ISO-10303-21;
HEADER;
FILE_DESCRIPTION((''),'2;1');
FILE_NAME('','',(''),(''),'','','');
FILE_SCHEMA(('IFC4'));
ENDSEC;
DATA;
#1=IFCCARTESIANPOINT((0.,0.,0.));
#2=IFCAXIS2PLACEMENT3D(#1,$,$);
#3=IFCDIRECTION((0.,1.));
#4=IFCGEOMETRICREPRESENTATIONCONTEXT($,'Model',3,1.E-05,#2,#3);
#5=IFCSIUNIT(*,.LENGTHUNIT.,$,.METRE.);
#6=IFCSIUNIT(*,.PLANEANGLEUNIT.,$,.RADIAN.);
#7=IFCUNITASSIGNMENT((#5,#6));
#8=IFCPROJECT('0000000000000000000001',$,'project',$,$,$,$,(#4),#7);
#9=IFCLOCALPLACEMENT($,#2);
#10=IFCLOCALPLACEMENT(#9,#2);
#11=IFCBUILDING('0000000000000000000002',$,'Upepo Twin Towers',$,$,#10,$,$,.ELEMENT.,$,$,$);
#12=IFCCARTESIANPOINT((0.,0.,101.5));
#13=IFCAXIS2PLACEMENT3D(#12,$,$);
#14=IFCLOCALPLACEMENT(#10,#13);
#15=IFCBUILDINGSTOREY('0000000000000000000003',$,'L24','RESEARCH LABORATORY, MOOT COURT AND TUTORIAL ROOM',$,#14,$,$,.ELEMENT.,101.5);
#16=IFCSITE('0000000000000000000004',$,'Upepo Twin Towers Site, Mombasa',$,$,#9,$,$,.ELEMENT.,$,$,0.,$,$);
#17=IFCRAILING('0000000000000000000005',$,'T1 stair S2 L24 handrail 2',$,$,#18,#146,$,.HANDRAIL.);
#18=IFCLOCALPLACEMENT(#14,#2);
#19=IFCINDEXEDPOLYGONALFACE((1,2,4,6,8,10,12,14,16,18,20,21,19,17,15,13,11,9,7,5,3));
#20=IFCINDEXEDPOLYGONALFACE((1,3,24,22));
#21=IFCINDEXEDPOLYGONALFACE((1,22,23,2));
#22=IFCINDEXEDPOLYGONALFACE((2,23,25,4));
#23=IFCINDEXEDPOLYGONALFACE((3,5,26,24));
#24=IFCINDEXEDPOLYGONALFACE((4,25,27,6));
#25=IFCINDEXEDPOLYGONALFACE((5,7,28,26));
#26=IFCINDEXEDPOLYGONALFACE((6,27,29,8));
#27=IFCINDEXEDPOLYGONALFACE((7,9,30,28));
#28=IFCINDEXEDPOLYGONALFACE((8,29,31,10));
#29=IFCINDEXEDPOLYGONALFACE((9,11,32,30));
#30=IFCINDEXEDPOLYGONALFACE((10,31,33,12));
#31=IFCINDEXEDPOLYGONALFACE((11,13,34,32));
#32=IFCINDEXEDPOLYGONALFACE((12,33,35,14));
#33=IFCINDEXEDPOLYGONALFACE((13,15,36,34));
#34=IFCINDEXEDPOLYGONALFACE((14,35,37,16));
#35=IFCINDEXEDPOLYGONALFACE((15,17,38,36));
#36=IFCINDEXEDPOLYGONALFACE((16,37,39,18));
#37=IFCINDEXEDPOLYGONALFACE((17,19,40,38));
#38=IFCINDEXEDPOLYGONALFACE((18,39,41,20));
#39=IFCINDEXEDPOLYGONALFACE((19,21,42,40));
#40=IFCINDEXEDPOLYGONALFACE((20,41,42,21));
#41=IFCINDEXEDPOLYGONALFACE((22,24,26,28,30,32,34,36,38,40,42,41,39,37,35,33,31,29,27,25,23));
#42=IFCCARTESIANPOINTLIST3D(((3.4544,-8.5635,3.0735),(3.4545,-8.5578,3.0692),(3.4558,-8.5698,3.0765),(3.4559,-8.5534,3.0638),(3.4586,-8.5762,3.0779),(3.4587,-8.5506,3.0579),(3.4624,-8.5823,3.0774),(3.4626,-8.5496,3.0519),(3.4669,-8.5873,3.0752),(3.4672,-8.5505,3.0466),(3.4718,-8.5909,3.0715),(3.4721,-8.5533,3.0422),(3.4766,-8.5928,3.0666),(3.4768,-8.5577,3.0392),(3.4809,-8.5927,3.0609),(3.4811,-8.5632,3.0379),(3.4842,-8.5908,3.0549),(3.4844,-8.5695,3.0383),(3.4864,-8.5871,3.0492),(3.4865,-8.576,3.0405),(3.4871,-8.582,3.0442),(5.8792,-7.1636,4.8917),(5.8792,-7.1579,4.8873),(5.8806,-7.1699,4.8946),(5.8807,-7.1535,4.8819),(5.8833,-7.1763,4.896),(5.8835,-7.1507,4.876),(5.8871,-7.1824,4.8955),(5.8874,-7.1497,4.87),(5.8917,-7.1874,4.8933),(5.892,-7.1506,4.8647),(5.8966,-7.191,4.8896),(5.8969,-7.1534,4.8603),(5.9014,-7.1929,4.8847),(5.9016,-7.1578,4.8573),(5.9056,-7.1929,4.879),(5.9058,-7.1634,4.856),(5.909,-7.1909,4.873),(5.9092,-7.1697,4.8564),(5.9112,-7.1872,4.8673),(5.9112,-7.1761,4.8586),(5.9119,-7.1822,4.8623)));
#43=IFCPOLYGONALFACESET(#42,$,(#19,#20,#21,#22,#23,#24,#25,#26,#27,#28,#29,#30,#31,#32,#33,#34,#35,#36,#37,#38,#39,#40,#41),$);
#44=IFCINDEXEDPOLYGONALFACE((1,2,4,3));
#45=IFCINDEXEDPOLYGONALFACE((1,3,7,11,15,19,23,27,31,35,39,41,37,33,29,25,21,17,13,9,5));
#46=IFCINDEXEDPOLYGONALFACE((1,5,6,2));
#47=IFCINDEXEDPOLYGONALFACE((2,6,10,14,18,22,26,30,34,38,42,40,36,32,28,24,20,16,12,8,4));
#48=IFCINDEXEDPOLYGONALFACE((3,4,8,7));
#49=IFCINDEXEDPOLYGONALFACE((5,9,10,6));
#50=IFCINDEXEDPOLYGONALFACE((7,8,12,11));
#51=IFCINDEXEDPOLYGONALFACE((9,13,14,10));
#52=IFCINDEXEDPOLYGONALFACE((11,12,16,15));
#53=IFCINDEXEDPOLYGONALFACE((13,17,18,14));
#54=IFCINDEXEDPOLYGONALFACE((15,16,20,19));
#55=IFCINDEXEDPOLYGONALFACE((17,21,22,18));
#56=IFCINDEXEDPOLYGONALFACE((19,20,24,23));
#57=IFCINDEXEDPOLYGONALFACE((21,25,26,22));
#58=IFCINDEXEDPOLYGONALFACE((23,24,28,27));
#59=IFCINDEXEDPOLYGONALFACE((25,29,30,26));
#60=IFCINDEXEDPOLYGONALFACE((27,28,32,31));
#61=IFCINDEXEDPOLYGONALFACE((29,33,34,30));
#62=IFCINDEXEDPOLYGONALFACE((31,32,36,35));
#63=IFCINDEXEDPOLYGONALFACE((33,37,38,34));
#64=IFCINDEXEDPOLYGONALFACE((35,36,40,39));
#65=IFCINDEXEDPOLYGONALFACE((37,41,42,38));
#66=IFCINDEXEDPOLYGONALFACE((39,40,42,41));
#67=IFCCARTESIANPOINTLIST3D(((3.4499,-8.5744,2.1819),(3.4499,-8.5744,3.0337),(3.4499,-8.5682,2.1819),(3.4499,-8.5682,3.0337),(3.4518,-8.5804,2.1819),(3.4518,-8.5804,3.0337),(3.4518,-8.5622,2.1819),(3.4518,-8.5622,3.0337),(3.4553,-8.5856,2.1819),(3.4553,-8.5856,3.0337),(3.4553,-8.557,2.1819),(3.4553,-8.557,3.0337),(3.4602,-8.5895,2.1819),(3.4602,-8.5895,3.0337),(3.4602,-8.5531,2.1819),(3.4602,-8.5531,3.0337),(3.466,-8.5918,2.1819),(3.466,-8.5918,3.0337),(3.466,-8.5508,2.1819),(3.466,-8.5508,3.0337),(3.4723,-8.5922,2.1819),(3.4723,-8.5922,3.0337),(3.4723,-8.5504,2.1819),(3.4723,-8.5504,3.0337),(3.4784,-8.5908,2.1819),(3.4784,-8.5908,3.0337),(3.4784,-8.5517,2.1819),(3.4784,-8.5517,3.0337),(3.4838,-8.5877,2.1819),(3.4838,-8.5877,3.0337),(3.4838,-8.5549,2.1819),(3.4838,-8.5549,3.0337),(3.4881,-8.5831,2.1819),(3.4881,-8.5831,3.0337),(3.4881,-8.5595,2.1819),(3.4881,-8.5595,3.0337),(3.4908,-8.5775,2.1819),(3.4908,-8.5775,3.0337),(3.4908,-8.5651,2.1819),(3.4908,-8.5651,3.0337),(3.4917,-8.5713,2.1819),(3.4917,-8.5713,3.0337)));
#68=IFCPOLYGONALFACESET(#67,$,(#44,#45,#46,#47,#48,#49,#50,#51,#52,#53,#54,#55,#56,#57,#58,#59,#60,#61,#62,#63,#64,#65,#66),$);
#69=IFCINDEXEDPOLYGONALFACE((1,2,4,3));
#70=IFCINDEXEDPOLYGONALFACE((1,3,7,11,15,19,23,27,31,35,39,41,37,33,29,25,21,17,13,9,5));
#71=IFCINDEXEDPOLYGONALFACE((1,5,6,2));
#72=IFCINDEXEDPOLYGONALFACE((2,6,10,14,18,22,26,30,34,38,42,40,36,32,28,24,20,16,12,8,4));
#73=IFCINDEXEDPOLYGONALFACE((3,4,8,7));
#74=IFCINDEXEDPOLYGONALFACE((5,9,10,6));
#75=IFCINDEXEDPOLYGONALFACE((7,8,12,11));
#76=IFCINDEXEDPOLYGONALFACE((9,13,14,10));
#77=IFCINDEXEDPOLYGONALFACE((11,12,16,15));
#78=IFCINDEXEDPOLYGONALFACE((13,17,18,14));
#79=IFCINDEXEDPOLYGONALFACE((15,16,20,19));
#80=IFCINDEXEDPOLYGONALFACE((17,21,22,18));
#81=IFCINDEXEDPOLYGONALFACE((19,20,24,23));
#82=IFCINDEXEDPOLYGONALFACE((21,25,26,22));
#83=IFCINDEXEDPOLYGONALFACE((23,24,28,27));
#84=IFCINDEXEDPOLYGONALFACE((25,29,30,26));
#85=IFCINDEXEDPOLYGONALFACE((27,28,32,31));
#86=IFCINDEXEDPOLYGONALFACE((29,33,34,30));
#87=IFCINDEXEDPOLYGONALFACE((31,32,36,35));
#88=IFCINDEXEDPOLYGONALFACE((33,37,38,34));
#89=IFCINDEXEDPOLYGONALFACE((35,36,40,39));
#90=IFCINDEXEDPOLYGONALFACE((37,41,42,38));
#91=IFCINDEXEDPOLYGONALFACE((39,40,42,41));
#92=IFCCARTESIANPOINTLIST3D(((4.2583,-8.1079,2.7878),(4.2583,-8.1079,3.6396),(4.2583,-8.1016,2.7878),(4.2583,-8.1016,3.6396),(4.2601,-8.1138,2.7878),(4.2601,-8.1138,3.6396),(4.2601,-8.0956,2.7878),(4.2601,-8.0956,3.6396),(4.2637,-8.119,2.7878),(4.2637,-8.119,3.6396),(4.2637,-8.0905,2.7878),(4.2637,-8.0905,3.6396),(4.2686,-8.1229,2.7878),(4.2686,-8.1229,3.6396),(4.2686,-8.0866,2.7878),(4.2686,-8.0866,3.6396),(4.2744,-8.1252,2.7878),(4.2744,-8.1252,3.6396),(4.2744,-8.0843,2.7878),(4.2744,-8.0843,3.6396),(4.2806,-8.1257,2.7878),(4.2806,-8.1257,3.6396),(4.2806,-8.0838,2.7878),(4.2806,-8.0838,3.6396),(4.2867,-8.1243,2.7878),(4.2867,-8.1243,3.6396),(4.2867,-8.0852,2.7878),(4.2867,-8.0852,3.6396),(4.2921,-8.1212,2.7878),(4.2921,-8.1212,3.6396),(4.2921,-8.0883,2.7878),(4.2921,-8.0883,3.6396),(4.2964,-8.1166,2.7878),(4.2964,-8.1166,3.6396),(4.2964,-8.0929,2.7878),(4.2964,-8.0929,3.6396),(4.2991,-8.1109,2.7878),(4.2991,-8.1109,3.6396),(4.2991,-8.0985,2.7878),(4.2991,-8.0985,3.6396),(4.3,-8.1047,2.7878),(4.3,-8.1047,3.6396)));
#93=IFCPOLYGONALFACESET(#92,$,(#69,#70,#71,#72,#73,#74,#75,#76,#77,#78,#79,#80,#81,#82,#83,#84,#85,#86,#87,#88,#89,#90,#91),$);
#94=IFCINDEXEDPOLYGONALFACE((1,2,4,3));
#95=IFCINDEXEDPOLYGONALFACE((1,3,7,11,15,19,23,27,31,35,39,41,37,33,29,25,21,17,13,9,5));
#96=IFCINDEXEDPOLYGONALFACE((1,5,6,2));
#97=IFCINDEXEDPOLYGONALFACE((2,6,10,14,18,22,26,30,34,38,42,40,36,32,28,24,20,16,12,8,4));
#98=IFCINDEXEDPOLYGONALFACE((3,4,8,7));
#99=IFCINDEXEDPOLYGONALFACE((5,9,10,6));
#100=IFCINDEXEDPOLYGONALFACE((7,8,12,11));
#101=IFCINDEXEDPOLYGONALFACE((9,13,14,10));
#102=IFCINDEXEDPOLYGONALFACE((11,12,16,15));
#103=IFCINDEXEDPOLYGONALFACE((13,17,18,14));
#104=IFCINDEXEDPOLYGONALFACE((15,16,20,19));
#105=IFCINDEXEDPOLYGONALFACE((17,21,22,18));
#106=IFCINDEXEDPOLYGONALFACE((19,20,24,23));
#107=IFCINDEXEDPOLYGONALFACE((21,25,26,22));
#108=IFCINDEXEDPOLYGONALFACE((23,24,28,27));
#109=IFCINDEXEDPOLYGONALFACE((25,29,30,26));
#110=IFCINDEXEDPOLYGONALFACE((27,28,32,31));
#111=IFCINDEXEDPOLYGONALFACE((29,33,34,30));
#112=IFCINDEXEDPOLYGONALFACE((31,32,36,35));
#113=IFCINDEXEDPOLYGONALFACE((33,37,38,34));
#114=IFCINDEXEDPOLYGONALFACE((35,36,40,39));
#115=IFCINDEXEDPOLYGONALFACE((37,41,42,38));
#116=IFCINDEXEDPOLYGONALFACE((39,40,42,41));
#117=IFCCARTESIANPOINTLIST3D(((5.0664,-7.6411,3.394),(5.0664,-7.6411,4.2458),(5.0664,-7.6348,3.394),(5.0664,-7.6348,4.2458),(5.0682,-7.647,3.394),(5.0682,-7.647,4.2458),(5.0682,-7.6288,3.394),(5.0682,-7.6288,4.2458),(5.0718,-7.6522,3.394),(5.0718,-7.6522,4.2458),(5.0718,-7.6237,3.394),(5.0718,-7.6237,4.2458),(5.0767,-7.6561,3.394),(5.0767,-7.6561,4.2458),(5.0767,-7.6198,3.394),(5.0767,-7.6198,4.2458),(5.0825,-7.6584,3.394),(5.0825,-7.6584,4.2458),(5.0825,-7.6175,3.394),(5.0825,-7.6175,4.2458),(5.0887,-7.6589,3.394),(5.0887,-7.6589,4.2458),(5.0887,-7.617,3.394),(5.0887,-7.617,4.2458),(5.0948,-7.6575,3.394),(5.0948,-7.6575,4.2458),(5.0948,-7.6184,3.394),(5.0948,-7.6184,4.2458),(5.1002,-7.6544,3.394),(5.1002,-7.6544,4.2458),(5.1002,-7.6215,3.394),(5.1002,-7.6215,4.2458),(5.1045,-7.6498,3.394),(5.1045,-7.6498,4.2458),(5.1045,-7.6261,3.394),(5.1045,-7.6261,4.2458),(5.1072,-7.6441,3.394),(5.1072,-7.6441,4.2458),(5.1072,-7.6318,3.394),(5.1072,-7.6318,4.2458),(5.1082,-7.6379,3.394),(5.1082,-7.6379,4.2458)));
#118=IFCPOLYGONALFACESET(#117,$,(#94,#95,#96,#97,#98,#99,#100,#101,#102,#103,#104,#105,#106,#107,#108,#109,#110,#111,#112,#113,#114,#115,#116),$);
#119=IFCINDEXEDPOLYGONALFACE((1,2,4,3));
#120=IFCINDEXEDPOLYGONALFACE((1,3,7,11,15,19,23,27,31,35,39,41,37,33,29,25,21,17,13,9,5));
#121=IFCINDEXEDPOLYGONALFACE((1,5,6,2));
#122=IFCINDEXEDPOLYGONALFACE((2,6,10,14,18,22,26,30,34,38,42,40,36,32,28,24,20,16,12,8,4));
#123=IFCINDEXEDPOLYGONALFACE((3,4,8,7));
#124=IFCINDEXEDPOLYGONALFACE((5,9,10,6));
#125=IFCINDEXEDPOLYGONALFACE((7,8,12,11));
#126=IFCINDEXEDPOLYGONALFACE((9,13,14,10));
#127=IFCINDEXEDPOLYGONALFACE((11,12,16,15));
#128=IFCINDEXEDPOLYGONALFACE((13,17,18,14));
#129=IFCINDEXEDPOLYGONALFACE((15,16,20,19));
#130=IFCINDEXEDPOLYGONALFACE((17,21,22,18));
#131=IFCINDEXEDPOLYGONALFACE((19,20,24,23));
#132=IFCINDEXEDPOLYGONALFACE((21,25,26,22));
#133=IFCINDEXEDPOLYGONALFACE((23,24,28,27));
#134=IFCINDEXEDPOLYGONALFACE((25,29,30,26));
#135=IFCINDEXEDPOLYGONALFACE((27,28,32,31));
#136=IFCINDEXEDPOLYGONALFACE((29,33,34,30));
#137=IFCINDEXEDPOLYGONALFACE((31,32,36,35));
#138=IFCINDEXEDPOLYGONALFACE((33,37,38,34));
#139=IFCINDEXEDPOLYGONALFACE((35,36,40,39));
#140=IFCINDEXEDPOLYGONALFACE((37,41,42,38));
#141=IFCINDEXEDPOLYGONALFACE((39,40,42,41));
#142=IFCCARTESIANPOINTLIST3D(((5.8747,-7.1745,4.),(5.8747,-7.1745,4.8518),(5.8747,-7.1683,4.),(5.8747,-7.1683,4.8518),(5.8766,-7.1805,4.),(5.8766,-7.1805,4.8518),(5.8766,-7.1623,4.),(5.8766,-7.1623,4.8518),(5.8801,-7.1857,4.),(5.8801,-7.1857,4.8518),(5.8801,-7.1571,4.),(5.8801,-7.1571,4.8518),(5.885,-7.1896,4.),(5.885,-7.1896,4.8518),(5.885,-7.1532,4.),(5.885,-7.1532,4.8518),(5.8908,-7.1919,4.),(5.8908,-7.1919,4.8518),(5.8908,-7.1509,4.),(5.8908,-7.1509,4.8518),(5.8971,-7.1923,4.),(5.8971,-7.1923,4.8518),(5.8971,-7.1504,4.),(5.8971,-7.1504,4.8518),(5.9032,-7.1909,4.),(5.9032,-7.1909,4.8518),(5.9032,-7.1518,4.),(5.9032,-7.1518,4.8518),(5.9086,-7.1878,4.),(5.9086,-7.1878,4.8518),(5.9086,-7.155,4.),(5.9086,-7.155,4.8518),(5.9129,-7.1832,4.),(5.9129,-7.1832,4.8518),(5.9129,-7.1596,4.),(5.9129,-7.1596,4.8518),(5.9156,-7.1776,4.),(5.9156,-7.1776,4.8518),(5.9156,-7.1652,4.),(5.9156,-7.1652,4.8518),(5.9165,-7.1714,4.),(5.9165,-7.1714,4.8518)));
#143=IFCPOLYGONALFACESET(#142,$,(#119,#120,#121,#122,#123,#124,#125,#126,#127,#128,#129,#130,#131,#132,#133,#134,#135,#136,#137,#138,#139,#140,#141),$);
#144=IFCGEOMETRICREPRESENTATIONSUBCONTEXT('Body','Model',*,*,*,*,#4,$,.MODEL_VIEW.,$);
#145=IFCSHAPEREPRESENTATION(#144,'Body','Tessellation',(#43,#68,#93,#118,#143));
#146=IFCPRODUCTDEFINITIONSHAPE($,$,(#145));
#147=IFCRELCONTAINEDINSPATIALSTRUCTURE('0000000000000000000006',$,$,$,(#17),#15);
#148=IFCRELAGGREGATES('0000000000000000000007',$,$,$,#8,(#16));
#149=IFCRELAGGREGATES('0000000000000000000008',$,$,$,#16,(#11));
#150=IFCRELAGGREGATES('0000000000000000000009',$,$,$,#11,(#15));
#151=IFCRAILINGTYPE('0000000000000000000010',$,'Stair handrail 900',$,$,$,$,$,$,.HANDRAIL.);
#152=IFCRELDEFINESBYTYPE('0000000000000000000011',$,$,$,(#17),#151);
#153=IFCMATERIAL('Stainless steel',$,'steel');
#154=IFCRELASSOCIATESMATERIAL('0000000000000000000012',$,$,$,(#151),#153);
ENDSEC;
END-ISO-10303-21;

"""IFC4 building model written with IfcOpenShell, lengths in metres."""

from ifc_helpers import new_model, si_unit, direction, frame, origin, origin_2d, place, context, subcontext, project, spatial, circle, extrude, material, type_object, element, save


model = new_model("IFC4")

# Units and contexts
model_context = context("Model", 3, precision=1e-05, world=origin(), true_north=direction((0.0, 1.0)))
body_context = subcontext(model_context, "Body", "Model", "MODEL_VIEW")
ifc_project = project(units=[si_unit("LENGTHUNIT", "METRE"), si_unit("PLANEANGLEUNIT", "RADIAN")], contexts=[model_context])

# Site, building, storey
site_placement = place(None, origin())
site = spatial("IfcSite", under=ifc_project, at=site_placement, Name="Upepo Twin Towers Site, Mombasa", CompositionType="ELEMENT", RefElevation=0.0)
building_placement = place(site_placement, origin())
building = spatial("IfcBuilding", under=site, at=building_placement, Name="Upepo Twin Towers", CompositionType="ELEMENT")
storey_placement = place(building_placement, frame((0.0, 0.0, 101.5)))
storey = spatial("IfcBuildingStorey", under=building, at=storey_placement, Name="L24", Description="RESEARCH LABORATORY, MOOT COURT AND TUTORIAL ROOM", CompositionType="ELEMENT", Elevation=101.5)

# Railing
ifc_material_1 = material(Name="Stainless steel", Category="steel")
railing_type = type_object("IfcRailingType", Name="Stair handrail 900", PredefinedType="HANDRAIL", material=ifc_material_1)
railing_1_placement = place(storey_placement, frame((3.4707, -8.5713, 2.1819)))
element("IfcRailing", 1, at=railing_1_placement, inside=storey, type_object=railing_type, Name="T1 stair S2 L24 handrail 2", PredefinedType="HANDRAIL", context=body_context, shape_type="SweptSolid", body=[
    extrude(circle(Radius=0.0239, at=origin_2d()), frame((0.0, 0.0, 0.876), z_axis=(0.726336, 0.419333, 0.544606), x_axis=(-0.499984, 0.866035, 0.0)), (0.0, 0.0, 1.0), 3.3384),
    extrude(circle(Radius=0.021, at=origin_2d()), origin(), (0.0, 0.0, 1.0), 0.8518),
    extrude(circle(Radius=0.021, at=origin_2d()), frame((0.8083, 0.4666, 0.606)), (0.0, 0.0, 1.0), 0.8518),
    extrude(circle(Radius=0.021, at=origin_2d()), frame((1.6165, 0.9333, 1.2122)), (0.0, 0.0, 1.0), 0.8518),
    extrude(circle(Radius=0.021, at=origin_2d()), frame((2.4248, 1.3999, 1.8181)), (0.0, 0.0, 1.0), 0.8518),
])

save(model, "model.ifc")
